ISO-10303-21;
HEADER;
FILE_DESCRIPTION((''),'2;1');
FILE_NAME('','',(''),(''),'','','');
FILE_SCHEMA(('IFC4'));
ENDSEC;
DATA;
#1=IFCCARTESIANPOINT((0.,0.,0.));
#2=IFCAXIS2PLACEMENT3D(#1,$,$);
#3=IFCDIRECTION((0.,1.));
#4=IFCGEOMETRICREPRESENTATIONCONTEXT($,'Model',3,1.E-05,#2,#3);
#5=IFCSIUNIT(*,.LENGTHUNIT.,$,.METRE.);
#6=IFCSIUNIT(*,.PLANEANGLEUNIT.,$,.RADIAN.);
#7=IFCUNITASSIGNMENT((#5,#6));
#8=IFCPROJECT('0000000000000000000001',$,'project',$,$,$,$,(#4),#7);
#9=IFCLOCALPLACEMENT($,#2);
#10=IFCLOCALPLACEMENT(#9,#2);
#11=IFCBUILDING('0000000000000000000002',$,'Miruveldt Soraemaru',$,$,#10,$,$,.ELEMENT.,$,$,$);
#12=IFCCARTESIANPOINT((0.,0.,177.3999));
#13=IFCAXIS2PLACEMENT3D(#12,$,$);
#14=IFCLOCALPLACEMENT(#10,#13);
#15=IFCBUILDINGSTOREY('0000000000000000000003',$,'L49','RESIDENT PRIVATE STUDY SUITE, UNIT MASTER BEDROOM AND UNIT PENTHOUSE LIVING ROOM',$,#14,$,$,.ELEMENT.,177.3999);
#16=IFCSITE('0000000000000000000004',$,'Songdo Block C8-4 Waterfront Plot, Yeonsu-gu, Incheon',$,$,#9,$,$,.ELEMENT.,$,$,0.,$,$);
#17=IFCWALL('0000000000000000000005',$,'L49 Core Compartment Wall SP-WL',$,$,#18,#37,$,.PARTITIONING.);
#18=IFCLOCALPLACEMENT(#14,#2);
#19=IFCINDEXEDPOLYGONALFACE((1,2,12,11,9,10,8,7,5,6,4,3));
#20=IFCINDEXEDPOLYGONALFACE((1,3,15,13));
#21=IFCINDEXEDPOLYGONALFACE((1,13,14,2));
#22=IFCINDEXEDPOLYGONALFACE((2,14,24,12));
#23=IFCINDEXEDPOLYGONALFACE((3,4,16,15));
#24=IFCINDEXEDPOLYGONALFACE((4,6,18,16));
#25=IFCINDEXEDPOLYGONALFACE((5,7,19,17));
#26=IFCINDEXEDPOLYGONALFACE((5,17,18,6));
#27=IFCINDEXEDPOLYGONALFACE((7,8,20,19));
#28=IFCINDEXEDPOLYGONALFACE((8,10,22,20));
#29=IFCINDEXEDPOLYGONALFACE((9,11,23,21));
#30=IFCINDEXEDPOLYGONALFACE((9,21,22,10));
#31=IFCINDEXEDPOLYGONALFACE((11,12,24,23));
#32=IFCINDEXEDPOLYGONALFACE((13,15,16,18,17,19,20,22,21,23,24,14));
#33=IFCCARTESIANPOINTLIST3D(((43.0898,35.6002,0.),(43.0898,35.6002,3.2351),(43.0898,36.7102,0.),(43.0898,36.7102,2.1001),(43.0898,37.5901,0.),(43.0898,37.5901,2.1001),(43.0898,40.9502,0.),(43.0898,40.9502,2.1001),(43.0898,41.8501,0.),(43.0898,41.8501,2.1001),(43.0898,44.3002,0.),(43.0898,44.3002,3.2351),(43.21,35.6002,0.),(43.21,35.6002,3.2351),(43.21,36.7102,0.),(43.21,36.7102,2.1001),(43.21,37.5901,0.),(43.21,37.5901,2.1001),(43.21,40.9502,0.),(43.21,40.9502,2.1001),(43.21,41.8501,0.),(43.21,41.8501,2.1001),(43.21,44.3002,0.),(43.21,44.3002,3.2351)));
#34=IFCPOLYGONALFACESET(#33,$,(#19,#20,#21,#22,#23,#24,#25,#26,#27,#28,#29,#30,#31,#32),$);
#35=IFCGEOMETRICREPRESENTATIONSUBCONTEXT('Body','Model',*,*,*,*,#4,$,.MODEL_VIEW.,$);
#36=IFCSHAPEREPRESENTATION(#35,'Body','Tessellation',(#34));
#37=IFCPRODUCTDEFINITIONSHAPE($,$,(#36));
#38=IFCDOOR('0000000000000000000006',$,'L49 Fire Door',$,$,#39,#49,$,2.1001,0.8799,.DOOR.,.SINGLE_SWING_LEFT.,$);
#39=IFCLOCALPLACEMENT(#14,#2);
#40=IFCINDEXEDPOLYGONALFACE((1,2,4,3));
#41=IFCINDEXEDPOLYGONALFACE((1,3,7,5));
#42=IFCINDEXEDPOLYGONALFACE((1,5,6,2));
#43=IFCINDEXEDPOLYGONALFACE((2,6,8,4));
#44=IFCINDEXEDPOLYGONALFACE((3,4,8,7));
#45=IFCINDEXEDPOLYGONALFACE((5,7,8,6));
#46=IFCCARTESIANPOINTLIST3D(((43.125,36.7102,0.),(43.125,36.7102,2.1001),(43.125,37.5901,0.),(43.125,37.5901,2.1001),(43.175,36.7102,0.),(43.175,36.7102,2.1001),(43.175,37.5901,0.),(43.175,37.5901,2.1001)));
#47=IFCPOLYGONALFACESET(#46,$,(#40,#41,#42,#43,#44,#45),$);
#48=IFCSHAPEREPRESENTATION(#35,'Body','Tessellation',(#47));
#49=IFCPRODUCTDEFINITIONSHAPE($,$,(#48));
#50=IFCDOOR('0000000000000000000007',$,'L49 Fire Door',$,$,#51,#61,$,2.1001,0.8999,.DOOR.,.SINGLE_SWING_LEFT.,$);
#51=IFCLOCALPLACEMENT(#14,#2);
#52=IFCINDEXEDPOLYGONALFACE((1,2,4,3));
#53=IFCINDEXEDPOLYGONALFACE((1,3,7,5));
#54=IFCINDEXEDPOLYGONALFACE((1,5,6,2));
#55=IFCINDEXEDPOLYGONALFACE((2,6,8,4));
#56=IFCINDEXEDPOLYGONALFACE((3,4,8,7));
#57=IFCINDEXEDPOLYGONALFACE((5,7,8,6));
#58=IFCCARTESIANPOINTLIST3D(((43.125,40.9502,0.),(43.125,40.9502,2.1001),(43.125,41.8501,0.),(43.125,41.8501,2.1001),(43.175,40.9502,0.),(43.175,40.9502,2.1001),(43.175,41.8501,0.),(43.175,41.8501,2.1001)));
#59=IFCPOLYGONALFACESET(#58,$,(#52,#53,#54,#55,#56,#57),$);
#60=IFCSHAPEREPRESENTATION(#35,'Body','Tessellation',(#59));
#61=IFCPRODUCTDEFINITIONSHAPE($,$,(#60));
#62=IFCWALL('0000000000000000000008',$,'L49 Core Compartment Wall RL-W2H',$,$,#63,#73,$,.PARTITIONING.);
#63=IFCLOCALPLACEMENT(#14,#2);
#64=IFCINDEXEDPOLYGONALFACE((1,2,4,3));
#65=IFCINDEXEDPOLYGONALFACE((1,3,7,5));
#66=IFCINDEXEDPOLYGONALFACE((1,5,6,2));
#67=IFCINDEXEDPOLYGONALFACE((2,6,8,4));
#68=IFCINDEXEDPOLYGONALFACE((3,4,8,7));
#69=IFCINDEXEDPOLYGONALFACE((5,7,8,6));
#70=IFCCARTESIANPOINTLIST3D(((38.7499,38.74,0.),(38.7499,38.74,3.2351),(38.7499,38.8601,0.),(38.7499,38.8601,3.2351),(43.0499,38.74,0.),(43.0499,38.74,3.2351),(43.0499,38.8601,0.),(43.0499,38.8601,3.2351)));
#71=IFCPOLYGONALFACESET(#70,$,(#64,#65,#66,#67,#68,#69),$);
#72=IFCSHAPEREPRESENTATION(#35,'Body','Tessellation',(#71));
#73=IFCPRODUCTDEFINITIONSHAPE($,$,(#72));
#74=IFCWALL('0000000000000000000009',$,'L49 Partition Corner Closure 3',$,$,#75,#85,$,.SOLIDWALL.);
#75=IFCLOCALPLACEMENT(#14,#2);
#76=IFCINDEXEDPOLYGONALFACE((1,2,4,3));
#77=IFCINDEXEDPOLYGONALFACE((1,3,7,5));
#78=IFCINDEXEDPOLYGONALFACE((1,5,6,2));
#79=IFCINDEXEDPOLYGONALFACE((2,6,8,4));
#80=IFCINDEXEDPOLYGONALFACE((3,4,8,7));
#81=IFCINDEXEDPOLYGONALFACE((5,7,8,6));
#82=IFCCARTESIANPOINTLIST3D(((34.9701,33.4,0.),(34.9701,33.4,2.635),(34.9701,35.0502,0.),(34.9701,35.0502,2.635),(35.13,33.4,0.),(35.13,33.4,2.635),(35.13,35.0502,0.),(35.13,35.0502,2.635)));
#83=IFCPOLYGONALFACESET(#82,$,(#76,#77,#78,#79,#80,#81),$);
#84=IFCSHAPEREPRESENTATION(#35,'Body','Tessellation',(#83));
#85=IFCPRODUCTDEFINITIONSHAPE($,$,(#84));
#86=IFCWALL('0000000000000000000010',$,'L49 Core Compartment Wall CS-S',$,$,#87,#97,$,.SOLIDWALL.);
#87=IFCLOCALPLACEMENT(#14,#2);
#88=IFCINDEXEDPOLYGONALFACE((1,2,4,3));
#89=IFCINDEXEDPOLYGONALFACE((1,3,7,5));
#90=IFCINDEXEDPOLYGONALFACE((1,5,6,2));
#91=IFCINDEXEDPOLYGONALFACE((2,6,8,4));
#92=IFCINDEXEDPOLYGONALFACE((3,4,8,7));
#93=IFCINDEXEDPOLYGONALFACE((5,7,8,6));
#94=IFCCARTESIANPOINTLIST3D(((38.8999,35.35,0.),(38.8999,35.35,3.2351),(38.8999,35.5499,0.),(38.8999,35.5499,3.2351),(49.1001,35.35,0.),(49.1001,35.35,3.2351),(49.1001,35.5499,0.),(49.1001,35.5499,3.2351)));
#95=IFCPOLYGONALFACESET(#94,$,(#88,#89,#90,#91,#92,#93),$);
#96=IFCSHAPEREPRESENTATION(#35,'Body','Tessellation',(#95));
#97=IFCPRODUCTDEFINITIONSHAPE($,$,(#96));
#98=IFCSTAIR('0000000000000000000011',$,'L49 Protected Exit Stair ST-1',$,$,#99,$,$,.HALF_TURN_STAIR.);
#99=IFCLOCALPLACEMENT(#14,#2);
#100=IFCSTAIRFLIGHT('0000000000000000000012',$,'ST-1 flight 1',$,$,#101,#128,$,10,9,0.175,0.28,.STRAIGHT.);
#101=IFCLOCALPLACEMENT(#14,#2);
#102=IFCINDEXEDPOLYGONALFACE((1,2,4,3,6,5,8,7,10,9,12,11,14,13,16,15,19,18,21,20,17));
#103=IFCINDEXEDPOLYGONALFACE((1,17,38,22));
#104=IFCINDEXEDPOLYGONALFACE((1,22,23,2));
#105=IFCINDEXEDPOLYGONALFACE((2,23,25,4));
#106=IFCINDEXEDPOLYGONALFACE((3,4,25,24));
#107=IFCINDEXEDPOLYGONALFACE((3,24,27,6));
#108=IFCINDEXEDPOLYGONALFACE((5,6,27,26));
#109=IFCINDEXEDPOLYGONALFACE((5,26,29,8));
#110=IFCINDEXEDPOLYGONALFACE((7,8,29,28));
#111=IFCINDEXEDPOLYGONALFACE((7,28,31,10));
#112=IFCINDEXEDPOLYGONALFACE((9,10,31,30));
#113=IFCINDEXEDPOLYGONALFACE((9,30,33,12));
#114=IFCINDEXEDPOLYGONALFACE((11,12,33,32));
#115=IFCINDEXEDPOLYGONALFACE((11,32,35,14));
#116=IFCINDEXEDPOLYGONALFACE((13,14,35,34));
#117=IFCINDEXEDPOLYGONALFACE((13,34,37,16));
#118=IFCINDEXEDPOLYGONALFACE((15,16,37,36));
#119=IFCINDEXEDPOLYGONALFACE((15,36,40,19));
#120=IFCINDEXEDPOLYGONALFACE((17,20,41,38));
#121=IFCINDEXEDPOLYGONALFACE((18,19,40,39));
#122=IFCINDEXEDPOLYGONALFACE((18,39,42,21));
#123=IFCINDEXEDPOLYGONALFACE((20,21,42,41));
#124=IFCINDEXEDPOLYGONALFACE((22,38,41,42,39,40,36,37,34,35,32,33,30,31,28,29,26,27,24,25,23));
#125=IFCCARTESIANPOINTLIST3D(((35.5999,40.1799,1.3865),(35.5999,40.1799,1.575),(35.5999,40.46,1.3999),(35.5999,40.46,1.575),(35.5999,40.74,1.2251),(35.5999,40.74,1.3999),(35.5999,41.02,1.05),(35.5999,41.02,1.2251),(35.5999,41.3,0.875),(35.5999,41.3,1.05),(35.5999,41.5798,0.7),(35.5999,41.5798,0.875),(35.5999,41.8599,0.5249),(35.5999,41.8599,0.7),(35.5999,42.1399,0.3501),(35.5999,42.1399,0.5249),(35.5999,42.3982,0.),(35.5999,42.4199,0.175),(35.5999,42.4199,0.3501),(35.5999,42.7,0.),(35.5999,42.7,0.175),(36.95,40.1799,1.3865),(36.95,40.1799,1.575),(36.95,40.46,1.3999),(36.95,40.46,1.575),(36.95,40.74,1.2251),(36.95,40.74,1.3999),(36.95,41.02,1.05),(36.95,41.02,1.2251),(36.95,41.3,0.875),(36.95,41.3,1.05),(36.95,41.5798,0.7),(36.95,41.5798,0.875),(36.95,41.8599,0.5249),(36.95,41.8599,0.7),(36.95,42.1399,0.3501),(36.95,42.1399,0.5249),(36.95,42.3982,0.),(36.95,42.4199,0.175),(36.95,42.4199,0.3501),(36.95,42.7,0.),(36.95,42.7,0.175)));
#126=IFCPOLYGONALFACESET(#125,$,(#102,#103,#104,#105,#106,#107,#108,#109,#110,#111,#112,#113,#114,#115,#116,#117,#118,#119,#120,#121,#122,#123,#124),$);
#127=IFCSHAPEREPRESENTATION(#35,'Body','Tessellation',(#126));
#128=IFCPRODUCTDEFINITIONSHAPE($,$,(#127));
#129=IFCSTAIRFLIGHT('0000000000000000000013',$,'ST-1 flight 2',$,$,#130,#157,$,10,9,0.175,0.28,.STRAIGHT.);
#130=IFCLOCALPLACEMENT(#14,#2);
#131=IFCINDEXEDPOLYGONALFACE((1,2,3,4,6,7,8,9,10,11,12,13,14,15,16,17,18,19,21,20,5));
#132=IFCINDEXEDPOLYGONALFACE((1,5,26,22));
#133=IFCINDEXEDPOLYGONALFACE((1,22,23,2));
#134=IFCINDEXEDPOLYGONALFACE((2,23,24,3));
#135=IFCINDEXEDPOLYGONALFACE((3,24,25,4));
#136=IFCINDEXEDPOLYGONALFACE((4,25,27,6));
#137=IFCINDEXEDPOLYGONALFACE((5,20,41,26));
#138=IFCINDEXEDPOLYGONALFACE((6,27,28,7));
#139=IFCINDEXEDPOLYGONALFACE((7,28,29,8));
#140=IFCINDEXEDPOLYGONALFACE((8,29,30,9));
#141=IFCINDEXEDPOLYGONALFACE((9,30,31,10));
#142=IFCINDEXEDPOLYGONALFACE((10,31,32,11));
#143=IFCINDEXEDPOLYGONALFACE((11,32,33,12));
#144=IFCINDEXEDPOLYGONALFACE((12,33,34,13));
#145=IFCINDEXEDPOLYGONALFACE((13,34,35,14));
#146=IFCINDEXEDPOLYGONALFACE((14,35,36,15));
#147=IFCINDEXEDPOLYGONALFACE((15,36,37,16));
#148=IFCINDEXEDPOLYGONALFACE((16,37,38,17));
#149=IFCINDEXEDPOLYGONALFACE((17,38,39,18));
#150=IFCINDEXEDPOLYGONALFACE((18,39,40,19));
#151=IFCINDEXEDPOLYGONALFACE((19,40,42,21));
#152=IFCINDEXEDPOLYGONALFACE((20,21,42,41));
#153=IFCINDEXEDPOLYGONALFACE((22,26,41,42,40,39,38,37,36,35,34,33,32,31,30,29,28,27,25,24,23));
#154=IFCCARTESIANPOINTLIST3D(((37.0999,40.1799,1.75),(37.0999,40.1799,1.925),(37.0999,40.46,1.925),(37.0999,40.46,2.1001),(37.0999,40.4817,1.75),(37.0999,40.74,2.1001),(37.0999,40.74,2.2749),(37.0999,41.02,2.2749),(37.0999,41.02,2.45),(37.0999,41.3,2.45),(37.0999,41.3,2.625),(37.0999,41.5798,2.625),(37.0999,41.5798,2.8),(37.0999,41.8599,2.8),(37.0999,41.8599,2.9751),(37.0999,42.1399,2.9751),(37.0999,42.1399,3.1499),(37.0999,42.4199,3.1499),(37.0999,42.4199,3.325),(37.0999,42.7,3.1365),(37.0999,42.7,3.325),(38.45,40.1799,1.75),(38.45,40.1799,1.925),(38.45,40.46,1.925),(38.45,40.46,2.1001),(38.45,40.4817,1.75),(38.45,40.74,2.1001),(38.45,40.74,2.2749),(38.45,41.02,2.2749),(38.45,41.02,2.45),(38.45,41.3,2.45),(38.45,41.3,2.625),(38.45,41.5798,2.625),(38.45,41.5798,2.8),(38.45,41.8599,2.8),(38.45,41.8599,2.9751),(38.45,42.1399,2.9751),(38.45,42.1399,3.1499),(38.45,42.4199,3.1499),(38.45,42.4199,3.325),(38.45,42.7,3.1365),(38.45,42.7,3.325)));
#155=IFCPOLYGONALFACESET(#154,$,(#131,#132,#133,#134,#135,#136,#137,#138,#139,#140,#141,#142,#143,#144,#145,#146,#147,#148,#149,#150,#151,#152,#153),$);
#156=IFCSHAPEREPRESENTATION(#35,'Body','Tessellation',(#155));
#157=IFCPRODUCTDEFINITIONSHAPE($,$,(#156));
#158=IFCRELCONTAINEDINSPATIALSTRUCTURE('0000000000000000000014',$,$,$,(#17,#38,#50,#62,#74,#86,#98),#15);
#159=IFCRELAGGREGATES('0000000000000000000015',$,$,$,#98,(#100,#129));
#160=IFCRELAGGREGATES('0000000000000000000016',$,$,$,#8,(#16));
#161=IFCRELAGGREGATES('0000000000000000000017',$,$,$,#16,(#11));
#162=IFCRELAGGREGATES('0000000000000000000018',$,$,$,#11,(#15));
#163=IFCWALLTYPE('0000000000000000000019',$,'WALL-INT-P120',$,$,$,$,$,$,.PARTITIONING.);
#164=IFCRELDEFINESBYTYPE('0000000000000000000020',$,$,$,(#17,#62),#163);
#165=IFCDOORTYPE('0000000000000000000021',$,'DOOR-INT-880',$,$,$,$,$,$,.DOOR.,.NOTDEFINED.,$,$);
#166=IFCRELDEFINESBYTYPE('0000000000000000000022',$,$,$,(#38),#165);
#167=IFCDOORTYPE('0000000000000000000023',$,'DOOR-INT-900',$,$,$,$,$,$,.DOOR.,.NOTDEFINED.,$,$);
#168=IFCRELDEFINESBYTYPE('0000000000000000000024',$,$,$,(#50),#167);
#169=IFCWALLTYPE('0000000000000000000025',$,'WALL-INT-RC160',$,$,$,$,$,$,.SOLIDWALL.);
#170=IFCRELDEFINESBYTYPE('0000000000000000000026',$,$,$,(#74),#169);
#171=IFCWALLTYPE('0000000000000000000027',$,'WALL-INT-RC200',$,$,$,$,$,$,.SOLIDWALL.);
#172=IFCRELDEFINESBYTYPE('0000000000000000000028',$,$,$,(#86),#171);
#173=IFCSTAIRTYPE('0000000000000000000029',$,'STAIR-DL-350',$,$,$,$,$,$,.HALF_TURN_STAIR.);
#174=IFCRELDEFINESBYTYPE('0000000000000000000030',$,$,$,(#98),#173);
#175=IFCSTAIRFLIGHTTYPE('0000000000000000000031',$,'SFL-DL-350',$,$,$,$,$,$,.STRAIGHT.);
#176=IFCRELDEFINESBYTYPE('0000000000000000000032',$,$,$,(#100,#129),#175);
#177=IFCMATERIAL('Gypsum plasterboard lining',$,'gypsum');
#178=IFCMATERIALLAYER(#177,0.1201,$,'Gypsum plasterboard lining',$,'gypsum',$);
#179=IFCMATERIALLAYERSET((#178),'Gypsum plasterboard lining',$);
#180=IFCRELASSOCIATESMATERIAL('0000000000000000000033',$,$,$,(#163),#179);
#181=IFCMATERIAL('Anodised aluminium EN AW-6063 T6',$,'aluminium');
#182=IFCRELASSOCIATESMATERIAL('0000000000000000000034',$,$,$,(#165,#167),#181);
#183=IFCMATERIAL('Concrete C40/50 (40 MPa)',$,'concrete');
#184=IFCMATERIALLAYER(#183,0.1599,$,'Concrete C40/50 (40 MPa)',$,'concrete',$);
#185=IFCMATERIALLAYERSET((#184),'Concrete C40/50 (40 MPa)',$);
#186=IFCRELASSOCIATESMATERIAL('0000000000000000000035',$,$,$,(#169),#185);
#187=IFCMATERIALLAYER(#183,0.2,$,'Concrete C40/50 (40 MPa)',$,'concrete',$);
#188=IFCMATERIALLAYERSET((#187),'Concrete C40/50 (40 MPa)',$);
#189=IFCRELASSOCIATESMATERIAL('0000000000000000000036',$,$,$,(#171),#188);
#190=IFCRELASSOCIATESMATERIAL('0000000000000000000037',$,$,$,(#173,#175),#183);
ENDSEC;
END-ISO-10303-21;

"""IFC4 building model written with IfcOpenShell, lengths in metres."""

from ifc_helpers import new_model, si_unit, direction, frame, frame_2d, origin, place, context, subcontext, project, spatial, polyline, rectangle, outline, extrude, material, layer, layer_set, type_object, element, fill, aggregate, save


model = new_model("IFC4")

# Units and contexts
model_context = context("Model", 3, precision=1e-05, world=origin(), true_north=direction((0.0, 1.0)))
body_context = subcontext(model_context, "Body", "Model", "MODEL_VIEW")
ifc_project = project(units=[si_unit("LENGTHUNIT", "METRE"), si_unit("PLANEANGLEUNIT", "RADIAN")], contexts=[model_context])

# Site, building, storey
site_placement = place(None, origin())
site = spatial("IfcSite", under=ifc_project, at=site_placement, Name="Songdo Block C8-4 Waterfront Plot, Yeonsu-gu, Incheon", CompositionType="ELEMENT", RefElevation=0.0)
building_placement = place(site_placement, origin())
building = spatial("IfcBuilding", under=site, at=building_placement, Name="Miruveldt Soraemaru", CompositionType="ELEMENT")
storey_placement = place(building_placement, frame((0.0, 0.0, 177.3999)))
storey = spatial("IfcBuildingStorey", under=building, at=storey_placement, Name="L49", Description="RESIDENT PRIVATE STUDY SUITE, UNIT MASTER BEDROOM AND UNIT PENTHOUSE LIVING ROOM", CompositionType="ELEMENT", Elevation=177.3999)

# Wall, openings, doors
ifc_material_1 = material(Name="Gypsum plasterboard lining", Category="gypsum")
ifc_layer_1 = layer(ifc_material_1, 0.1201, Name="Gypsum plasterboard lining", Category="gypsum")
ifc_layer_set_1 = layer_set([ifc_layer_1], Name="Gypsum plasterboard lining")
wall_type_1 = type_object("IfcWallType", Name="WALL-INT-P120", PredefinedType="PARTITIONING", material=ifc_layer_set_1)
wall_1_placement = place(storey_placement, frame((43.1499, 35.6001, 0.0), z_axis=(0.0, 0.0, 1.0), x_axis=(0.0, 1.0, 0.0)))
wall_1 = element("IfcWall", 1, at=wall_1_placement, inside=storey, type_object=wall_type_1, Name="L49 Core Compartment Wall SP-WL", PredefinedType="PARTITIONING", context=body_context, shape_type="SweptSolid", body=[
    extrude(rectangle(XDim=8.7, YDim=0.1201, at=frame_2d((4.3501, 0.0))), origin(), (0.0, 0.0, 1.0), 3.2351),
])
opening_1_placement = place(wall_1_placement, frame((1.1101, 0.0, 0.0)))
opening_1 = element("IfcOpeningElement", 2, at=opening_1_placement, cuts=wall_1, PredefinedType="OPENING", context=body_context, shape_type="SweptSolid", body=[
    extrude(rectangle(XDim=0.8799, YDim=2.1001, at=frame_2d((0.4399, 1.05))), frame((0.0, 0.0701, 0.0), z_axis=(0.0, -1.0, 0.0), x_axis=(1.0, 0.0, 0.0)), (0.0, 0.0, 1.0), 0.1401),
])
opening_2_placement = place(wall_1_placement, frame((5.3501, 0.0, 0.0)))
opening_2 = element("IfcOpeningElement", 3, at=opening_2_placement, cuts=wall_1, PredefinedType="OPENING", context=body_context, shape_type="SweptSolid", body=[
    extrude(rectangle(XDim=0.8999, YDim=2.1001, at=frame_2d((0.45, 1.05))), frame((0.0, 0.0701, 0.0), z_axis=(0.0, -1.0, 0.0), x_axis=(1.0, 0.0, 0.0)), (0.0, 0.0, 1.0), 0.1401),
])
ifc_material_2 = material(Name="Anodised aluminium EN AW-6063 T6", Category="aluminium")
door_type_1 = type_object("IfcDoorType", Name="DOOR-INT-880", OperationType="NOTDEFINED", PredefinedType="DOOR", material=ifc_material_2)
door_1_placement = place(opening_1_placement, origin())
door_1 = element("IfcDoor", 4, at=door_1_placement, inside=storey, type_object=door_type_1, Name="L49 Fire Door", OperationType="SINGLE_SWING_LEFT", OverallHeight=2.1001, OverallWidth=0.8799, PredefinedType="DOOR", context=body_context, shape_type="SweptSolid", body=[
    extrude(rectangle(XDim=0.8799, YDim=2.1001, at=frame_2d((0.4399, 1.05))), frame((0.0, 0.0249, 0.0), z_axis=(0.0, -1.0, 0.0), x_axis=(1.0, 0.0, 0.0)), (0.0, 0.0, 1.0), 0.05),
])
fill(opening_1, door_1)
door_type_2 = type_object("IfcDoorType", Name="DOOR-INT-900", OperationType="NOTDEFINED", PredefinedType="DOOR", material=ifc_material_2)
door_2_placement = place(opening_2_placement, origin())
door_2 = element("IfcDoor", 5, at=door_2_placement, inside=storey, type_object=door_type_2, Name="L49 Fire Door", OperationType="SINGLE_SWING_LEFT", OverallHeight=2.1001, OverallWidth=0.8999, PredefinedType="DOOR", context=body_context, shape_type="SweptSolid", body=[
    extrude(rectangle(XDim=0.8999, YDim=2.1001, at=frame_2d((0.45, 1.05))), frame((0.0, 0.0249, 0.0), z_axis=(0.0, -1.0, 0.0), x_axis=(1.0, 0.0, 0.0)), (0.0, 0.0, 1.0), 0.05),
])
fill(opening_2, door_2)

# Walls
wall_2_placement = place(storey_placement, frame((38.75, 38.8, 0.0), z_axis=(0.0, 0.0, 1.0), x_axis=(1.0, 0.0, 0.0)))
element("IfcWall", 6, at=wall_2_placement, inside=storey, type_object=wall_type_1, Name="L49 Core Compartment Wall RL-W2H", PredefinedType="PARTITIONING", context=body_context, shape_type="SweptSolid", body=[
    extrude(rectangle(XDim=4.3, YDim=0.1201, at=frame_2d((2.1499, 0.0))), origin(), (0.0, 0.0, 1.0), 3.2351),
])
ifc_material_3 = material(Name="Concrete C40/50 (40 MPa)", Category="concrete")
ifc_layer_2 = layer(ifc_material_3, 0.1599, Name="Concrete C40/50 (40 MPa)", Category="concrete")
ifc_layer_set_2 = layer_set([ifc_layer_2], Name="Concrete C40/50 (40 MPa)")
wall_type_2 = type_object("IfcWallType", Name="WALL-INT-RC160", PredefinedType="SOLIDWALL", material=ifc_layer_set_2)
wall_3_placement = place(storey_placement, frame((35.05, 33.3999, 0.0), z_axis=(0.0, 0.0, 1.0), x_axis=(0.0, 1.0, 0.0)))
element("IfcWall", 7, at=wall_3_placement, inside=storey, type_object=wall_type_2, Name="L49 Partition Corner Closure 3", PredefinedType="SOLIDWALL", context=body_context, shape_type="SweptSolid", body=[
    extrude(rectangle(XDim=1.6501, YDim=0.1599, at=frame_2d((0.8252, 0.0))), origin(), (0.0, 0.0, 1.0), 2.635),
])
ifc_layer_3 = layer(ifc_material_3, 0.2, Name="Concrete C40/50 (40 MPa)", Category="concrete")
ifc_layer_set_3 = layer_set([ifc_layer_3], Name="Concrete C40/50 (40 MPa)")
wall_type_3 = type_object("IfcWallType", Name="WALL-INT-RC200", PredefinedType="SOLIDWALL", material=ifc_layer_set_3)
wall_4_placement = place(storey_placement, frame((38.8999, 35.45, 0.0), z_axis=(0.0, 0.0, 1.0), x_axis=(1.0, 0.0, 0.0)))
element("IfcWall", 8, at=wall_4_placement, inside=storey, type_object=wall_type_3, Name="L49 Core Compartment Wall CS-S", PredefinedType="SOLIDWALL", context=body_context, shape_type="SweptSolid", body=[
    extrude(rectangle(XDim=10.2002, YDim=0.2, at=frame_2d((5.1001, 0.0))), origin(), (0.0, 0.0, 1.0), 3.2351),
])

# Stair, stair flights
stair_type = type_object("IfcStairType", Name="STAIR-DL-350", PredefinedType="HALF_TURN_STAIR", material=ifc_material_3)
stair_placement = place(storey_placement, origin())
stair = element("IfcStair", 9, at=stair_placement, inside=storey, type_object=stair_type, Name="L49 Protected Exit Stair ST-1", PredefinedType="HALF_TURN_STAIR")
stair_flight_type = type_object("IfcStairFlightType", Name="SFL-DL-350", PredefinedType="STRAIGHT", material=ifc_material_3)
stair_flight_1_placement = place(storey_placement, frame((36.2749, 42.7, 0.0), z_axis=(0.0, 0.0, 1.0), x_axis=(0.0, -1.0, 0.0)))
stair_flight_1 = element("IfcStairFlight", 10, at=stair_flight_1_placement, type_object=stair_flight_type, Name="ST-1 flight 1", NumberOfRisers=10, NumberOfTreads=9, PredefinedType="STRAIGHT", RiserHeight=0.175, TreadLength=0.28, context=body_context, shape_type="SweptSolid", body=[
    extrude(outline(polyline([(0.0, 0.0), (0.0, 0.175), (0.28, 0.175), (0.28, 0.3501), (0.5601, 0.3501), (0.5601, 0.5249), (0.8401, 0.5249), (0.8401, 0.7), (1.1201, 0.7), (1.1201, 0.875), (1.3999, 0.875), (1.3999, 1.05), (1.6799, 1.05), (1.6799, 1.2251), (1.96, 1.2251), (1.96, 1.3999), (2.24, 1.3999), (2.24, 1.575), (2.52, 1.575), (2.52, 1.75), (2.52, 1.3865), (0.3018, 0.0), (0.0, 0.0)])), frame((0.0, 0.675, 0.0), z_axis=(0.0, -1.0, 0.0), x_axis=(1.0, 0.0, 0.0)), (0.0, 0.0, 1.0), 1.3501),
])
stair_flight_2_placement = place(storey_placement, frame((37.7749, 40.1799, 1.75), z_axis=(0.0, 0.0, 1.0), x_axis=(0.0, 1.0, 0.0)))
stair_flight_2 = element("IfcStairFlight", 11, at=stair_flight_2_placement, type_object=stair_flight_type, Name="ST-1 flight 2", NumberOfRisers=10, NumberOfTreads=9, PredefinedType="STRAIGHT", RiserHeight=0.175, TreadLength=0.28, context=body_context, shape_type="SweptSolid", body=[
    extrude(outline(polyline([(0.0, 0.0), (0.0, 0.175), (0.28, 0.175), (0.28, 0.3501), (0.5601, 0.3501), (0.5601, 0.5249), (0.8401, 0.5249), (0.8401, 0.7), (1.1201, 0.7), (1.1201, 0.875), (1.3999, 0.875), (1.3999, 1.05), (1.6799, 1.05), (1.6799, 1.2251), (1.96, 1.2251), (1.96, 1.3999), (2.24, 1.3999), (2.24, 1.575), (2.52, 1.575), (2.52, 1.75), (2.52, 1.3865), (0.3018, 0.0), (0.0, 0.0)])), frame((0.0, 0.675, 0.0), z_axis=(0.0, -1.0, 0.0), x_axis=(1.0, 0.0, 0.0)), (0.0, 0.0, 1.0), 1.3501),
])
aggregate(stair, [stair_flight_1, stair_flight_2])

save(model, "model.ifc")
